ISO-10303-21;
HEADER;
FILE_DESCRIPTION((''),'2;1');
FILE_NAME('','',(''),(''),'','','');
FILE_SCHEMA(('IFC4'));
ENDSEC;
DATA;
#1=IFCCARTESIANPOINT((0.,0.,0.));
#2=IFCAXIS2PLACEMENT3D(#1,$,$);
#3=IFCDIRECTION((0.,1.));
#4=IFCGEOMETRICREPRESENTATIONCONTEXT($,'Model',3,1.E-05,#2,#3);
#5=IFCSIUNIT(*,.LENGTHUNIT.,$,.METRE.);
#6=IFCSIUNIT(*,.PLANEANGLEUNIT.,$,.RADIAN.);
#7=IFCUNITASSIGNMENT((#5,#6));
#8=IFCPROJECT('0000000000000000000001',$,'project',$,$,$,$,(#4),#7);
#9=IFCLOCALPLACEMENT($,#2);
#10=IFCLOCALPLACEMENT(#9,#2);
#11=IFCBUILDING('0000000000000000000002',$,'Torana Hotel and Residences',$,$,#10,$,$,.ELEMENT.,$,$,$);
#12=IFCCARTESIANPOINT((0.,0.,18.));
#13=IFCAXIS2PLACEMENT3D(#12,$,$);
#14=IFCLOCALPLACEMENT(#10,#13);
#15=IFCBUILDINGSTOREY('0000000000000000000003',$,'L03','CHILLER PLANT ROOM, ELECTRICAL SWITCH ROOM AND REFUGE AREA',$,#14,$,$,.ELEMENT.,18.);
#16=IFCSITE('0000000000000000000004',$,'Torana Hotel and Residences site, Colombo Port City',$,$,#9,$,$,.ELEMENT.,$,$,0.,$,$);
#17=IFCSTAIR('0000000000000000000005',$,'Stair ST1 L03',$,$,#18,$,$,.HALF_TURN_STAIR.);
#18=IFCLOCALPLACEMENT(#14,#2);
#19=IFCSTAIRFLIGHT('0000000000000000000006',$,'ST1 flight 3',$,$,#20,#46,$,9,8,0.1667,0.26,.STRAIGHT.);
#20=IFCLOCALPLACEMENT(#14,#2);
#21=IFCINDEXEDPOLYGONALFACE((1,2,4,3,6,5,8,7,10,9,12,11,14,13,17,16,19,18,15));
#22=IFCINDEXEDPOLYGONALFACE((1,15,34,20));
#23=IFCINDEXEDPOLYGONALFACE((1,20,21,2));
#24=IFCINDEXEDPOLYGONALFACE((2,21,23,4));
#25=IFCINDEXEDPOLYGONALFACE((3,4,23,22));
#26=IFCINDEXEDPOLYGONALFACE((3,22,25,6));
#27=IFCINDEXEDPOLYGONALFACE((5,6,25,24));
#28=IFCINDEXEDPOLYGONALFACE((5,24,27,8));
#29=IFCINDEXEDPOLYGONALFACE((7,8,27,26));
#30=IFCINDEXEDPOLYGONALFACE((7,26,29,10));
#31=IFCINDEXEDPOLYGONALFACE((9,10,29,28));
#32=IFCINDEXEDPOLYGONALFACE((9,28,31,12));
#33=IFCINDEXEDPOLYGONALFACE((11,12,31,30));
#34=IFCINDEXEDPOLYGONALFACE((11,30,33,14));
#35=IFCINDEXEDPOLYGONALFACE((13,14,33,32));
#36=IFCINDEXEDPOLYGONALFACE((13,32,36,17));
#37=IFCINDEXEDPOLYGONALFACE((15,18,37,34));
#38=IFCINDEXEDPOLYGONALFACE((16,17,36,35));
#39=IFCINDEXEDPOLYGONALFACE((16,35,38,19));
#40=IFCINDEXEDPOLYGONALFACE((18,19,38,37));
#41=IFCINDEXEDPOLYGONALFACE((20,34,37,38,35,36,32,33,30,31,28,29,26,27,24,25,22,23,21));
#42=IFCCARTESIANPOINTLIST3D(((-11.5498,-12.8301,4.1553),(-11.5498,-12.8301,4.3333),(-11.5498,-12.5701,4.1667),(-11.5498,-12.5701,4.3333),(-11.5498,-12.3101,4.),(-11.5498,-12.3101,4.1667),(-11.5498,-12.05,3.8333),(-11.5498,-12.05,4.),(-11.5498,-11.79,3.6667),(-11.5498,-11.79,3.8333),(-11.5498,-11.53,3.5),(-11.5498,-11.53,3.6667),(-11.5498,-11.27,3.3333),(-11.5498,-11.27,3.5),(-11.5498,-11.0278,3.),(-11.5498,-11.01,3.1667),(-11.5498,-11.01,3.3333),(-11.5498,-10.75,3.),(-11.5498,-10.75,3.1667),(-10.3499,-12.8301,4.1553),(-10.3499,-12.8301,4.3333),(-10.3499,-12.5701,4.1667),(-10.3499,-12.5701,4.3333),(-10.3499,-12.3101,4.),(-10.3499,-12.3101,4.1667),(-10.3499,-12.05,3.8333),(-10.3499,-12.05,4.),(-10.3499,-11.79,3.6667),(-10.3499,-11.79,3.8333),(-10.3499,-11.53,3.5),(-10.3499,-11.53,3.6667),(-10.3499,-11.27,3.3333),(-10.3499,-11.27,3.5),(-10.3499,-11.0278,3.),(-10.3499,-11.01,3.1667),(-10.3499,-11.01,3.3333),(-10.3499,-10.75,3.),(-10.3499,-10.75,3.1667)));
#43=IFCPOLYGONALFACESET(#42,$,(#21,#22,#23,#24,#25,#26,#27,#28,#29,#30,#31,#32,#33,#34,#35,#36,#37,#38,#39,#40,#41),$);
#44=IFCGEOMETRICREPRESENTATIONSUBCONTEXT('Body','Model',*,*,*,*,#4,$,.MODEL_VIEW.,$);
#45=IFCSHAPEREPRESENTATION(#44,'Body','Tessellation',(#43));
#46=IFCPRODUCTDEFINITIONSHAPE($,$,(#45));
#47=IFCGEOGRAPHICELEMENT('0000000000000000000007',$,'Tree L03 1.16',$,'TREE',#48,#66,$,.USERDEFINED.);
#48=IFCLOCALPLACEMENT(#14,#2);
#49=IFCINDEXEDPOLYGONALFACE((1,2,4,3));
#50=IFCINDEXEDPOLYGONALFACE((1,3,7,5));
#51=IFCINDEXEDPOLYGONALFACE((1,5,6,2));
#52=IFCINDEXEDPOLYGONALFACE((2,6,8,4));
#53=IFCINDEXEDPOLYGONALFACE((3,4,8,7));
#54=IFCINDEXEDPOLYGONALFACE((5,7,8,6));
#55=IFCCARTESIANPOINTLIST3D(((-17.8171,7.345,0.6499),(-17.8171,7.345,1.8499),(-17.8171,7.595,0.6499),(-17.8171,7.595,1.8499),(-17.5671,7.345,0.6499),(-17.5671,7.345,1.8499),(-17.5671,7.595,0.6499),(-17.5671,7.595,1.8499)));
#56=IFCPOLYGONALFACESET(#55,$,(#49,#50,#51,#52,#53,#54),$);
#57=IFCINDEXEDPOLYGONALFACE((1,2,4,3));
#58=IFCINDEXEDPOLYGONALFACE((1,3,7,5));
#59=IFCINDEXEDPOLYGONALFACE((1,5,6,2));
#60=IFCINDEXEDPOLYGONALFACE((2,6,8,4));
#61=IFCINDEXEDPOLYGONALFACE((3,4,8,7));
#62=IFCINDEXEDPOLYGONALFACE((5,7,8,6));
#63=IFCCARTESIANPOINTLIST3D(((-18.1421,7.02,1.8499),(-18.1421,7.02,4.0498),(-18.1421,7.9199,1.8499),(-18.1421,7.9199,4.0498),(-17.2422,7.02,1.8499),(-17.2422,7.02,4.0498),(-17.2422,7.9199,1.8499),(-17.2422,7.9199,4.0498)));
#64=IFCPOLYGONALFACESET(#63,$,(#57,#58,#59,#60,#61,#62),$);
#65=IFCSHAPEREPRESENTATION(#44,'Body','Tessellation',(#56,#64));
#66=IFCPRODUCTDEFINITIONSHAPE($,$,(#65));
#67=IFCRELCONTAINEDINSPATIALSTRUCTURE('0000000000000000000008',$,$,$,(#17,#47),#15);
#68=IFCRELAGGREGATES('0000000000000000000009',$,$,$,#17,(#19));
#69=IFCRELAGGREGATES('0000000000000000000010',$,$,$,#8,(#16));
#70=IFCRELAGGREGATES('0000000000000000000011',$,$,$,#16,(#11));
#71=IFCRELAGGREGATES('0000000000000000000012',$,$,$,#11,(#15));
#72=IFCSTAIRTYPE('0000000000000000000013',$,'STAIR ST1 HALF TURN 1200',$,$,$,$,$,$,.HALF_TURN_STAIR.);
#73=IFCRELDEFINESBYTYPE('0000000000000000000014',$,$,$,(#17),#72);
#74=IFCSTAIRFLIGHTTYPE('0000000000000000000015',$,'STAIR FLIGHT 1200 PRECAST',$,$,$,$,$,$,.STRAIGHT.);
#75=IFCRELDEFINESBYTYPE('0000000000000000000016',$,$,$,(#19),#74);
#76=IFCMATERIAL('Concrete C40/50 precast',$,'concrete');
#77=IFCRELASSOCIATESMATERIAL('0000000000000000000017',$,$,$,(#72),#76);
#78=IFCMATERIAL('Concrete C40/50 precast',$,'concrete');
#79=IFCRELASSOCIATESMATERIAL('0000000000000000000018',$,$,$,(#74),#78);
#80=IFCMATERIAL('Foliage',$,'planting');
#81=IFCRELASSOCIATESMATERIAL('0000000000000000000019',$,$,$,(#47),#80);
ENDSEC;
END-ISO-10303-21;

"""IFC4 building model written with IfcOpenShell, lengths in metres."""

from ifc_helpers import new_model, si_unit, direction, frame, origin, origin_2d, place, context, subcontext, project, spatial, polyline, rectangle, outline, extrude, material, type_object, element, aggregate, save


model = new_model("IFC4")

# Units and contexts
model_context = context("Model", 3, precision=1e-05, world=origin(), true_north=direction((0.0, 1.0)))
body_context = subcontext(model_context, "Body", "Model", "MODEL_VIEW")
ifc_project = project(units=[si_unit("LENGTHUNIT", "METRE"), si_unit("PLANEANGLEUNIT", "RADIAN")], contexts=[model_context])

# Site, building, storey
site_placement = place(None, origin())
site = spatial("IfcSite", under=ifc_project, at=site_placement, Name="Torana Hotel and Residences site, Colombo Port City", CompositionType="ELEMENT", RefElevation=0.0)
building_placement = place(site_placement, origin())
building = spatial("IfcBuilding", under=site, at=building_placement, Name="Torana Hotel and Residences", CompositionType="ELEMENT")
storey_placement = place(building_placement, frame((0.0, 0.0, 18.0)))
storey = spatial("IfcBuildingStorey", under=building, at=storey_placement, Name="L03", Description="CHILLER PLANT ROOM, ELECTRICAL SWITCH ROOM AND REFUGE AREA", CompositionType="ELEMENT", Elevation=18.0)

# Stair, stair flight
ifc_material_1 = material(Name="Concrete C40/50 precast", Category="concrete")
stair_type = type_object("IfcStairType", Name="STAIR ST1 HALF TURN 1200", PredefinedType="HALF_TURN_STAIR", material=ifc_material_1)
stair_placement = place(storey_placement, origin())
stair = element("IfcStair", 1, at=stair_placement, inside=storey, type_object=stair_type, Name="Stair ST1 L03", PredefinedType="HALF_TURN_STAIR")
ifc_material_2 = material(Name="Concrete C40/50 precast", Category="concrete")
stair_flight_type = type_object("IfcStairFlightType", Name="STAIR FLIGHT 1200 PRECAST", PredefinedType="STRAIGHT", material=ifc_material_2)
stair_flight_1_placement = place(storey_placement, frame((-10.95, -10.75, 3.0), z_axis=(0.0, 0.0, 1.0), x_axis=(0.0, -1.0, 0.0)))
stair_flight_1 = element("IfcStairFlight", 2, at=stair_flight_1_placement, type_object=stair_flight_type, Name="ST1 flight 3", NumberOfRisers=9, NumberOfTreads=8, PredefinedType="STRAIGHT", RiserHeight=0.1667, TreadLength=0.26, context=body_context, shape_type="SweptSolid", body=[
    extrude(outline(polyline([(0.0, 0.0), (0.0, 0.1667), (0.26, 0.1667), (0.26, 0.3333), (0.52, 0.3333), (0.52, 0.5), (0.78, 0.5), (0.78, 0.6667), (1.04, 0.6667), (1.04, 0.8333), (1.3, 0.8333), (1.3, 1.0), (1.5601, 1.0), (1.5601, 1.1667), (1.8201, 1.1667), (1.8201, 1.3333), (2.0801, 1.3333), (2.0801, 1.5), (2.0801, 1.1553), (0.2778, 0.0), (0.0, 0.0)])), frame((0.0, 0.6001, 0.0), z_axis=(0.0, -1.0, 0.0), x_axis=(1.0, 0.0, 0.0)), (0.0, 0.0, 1.0), 1.2),
])
aggregate(stair, [stair_flight_1])

# Geographic element
ifc_material_3 = material(Name="Foliage", Category="planting")
geographic_element_placement = place(storey_placement, frame((-17.6921, 7.47, 0.6499), z_axis=(0.0, 0.0, 1.0), x_axis=(1.0, 0.0, 0.0)))
element("IfcGeographicElement", 3, at=geographic_element_placement, inside=storey, material=ifc_material_3, Name="Tree L03 1.16", ObjectType="TREE", PredefinedType="USERDEFINED", context=body_context, shape_type="SweptSolid", body=[
    extrude(rectangle(XDim=0.25, YDim=0.25, at=origin_2d()), origin(), (0.0, 0.0, 1.0), 1.2),
    extrude(rectangle(XDim=0.8999, YDim=0.8999, at=origin_2d()), frame((0.0, 0.0, 1.2)), (0.0, 0.0, 1.0), 2.2),
])

save(model, "model.ifc")
